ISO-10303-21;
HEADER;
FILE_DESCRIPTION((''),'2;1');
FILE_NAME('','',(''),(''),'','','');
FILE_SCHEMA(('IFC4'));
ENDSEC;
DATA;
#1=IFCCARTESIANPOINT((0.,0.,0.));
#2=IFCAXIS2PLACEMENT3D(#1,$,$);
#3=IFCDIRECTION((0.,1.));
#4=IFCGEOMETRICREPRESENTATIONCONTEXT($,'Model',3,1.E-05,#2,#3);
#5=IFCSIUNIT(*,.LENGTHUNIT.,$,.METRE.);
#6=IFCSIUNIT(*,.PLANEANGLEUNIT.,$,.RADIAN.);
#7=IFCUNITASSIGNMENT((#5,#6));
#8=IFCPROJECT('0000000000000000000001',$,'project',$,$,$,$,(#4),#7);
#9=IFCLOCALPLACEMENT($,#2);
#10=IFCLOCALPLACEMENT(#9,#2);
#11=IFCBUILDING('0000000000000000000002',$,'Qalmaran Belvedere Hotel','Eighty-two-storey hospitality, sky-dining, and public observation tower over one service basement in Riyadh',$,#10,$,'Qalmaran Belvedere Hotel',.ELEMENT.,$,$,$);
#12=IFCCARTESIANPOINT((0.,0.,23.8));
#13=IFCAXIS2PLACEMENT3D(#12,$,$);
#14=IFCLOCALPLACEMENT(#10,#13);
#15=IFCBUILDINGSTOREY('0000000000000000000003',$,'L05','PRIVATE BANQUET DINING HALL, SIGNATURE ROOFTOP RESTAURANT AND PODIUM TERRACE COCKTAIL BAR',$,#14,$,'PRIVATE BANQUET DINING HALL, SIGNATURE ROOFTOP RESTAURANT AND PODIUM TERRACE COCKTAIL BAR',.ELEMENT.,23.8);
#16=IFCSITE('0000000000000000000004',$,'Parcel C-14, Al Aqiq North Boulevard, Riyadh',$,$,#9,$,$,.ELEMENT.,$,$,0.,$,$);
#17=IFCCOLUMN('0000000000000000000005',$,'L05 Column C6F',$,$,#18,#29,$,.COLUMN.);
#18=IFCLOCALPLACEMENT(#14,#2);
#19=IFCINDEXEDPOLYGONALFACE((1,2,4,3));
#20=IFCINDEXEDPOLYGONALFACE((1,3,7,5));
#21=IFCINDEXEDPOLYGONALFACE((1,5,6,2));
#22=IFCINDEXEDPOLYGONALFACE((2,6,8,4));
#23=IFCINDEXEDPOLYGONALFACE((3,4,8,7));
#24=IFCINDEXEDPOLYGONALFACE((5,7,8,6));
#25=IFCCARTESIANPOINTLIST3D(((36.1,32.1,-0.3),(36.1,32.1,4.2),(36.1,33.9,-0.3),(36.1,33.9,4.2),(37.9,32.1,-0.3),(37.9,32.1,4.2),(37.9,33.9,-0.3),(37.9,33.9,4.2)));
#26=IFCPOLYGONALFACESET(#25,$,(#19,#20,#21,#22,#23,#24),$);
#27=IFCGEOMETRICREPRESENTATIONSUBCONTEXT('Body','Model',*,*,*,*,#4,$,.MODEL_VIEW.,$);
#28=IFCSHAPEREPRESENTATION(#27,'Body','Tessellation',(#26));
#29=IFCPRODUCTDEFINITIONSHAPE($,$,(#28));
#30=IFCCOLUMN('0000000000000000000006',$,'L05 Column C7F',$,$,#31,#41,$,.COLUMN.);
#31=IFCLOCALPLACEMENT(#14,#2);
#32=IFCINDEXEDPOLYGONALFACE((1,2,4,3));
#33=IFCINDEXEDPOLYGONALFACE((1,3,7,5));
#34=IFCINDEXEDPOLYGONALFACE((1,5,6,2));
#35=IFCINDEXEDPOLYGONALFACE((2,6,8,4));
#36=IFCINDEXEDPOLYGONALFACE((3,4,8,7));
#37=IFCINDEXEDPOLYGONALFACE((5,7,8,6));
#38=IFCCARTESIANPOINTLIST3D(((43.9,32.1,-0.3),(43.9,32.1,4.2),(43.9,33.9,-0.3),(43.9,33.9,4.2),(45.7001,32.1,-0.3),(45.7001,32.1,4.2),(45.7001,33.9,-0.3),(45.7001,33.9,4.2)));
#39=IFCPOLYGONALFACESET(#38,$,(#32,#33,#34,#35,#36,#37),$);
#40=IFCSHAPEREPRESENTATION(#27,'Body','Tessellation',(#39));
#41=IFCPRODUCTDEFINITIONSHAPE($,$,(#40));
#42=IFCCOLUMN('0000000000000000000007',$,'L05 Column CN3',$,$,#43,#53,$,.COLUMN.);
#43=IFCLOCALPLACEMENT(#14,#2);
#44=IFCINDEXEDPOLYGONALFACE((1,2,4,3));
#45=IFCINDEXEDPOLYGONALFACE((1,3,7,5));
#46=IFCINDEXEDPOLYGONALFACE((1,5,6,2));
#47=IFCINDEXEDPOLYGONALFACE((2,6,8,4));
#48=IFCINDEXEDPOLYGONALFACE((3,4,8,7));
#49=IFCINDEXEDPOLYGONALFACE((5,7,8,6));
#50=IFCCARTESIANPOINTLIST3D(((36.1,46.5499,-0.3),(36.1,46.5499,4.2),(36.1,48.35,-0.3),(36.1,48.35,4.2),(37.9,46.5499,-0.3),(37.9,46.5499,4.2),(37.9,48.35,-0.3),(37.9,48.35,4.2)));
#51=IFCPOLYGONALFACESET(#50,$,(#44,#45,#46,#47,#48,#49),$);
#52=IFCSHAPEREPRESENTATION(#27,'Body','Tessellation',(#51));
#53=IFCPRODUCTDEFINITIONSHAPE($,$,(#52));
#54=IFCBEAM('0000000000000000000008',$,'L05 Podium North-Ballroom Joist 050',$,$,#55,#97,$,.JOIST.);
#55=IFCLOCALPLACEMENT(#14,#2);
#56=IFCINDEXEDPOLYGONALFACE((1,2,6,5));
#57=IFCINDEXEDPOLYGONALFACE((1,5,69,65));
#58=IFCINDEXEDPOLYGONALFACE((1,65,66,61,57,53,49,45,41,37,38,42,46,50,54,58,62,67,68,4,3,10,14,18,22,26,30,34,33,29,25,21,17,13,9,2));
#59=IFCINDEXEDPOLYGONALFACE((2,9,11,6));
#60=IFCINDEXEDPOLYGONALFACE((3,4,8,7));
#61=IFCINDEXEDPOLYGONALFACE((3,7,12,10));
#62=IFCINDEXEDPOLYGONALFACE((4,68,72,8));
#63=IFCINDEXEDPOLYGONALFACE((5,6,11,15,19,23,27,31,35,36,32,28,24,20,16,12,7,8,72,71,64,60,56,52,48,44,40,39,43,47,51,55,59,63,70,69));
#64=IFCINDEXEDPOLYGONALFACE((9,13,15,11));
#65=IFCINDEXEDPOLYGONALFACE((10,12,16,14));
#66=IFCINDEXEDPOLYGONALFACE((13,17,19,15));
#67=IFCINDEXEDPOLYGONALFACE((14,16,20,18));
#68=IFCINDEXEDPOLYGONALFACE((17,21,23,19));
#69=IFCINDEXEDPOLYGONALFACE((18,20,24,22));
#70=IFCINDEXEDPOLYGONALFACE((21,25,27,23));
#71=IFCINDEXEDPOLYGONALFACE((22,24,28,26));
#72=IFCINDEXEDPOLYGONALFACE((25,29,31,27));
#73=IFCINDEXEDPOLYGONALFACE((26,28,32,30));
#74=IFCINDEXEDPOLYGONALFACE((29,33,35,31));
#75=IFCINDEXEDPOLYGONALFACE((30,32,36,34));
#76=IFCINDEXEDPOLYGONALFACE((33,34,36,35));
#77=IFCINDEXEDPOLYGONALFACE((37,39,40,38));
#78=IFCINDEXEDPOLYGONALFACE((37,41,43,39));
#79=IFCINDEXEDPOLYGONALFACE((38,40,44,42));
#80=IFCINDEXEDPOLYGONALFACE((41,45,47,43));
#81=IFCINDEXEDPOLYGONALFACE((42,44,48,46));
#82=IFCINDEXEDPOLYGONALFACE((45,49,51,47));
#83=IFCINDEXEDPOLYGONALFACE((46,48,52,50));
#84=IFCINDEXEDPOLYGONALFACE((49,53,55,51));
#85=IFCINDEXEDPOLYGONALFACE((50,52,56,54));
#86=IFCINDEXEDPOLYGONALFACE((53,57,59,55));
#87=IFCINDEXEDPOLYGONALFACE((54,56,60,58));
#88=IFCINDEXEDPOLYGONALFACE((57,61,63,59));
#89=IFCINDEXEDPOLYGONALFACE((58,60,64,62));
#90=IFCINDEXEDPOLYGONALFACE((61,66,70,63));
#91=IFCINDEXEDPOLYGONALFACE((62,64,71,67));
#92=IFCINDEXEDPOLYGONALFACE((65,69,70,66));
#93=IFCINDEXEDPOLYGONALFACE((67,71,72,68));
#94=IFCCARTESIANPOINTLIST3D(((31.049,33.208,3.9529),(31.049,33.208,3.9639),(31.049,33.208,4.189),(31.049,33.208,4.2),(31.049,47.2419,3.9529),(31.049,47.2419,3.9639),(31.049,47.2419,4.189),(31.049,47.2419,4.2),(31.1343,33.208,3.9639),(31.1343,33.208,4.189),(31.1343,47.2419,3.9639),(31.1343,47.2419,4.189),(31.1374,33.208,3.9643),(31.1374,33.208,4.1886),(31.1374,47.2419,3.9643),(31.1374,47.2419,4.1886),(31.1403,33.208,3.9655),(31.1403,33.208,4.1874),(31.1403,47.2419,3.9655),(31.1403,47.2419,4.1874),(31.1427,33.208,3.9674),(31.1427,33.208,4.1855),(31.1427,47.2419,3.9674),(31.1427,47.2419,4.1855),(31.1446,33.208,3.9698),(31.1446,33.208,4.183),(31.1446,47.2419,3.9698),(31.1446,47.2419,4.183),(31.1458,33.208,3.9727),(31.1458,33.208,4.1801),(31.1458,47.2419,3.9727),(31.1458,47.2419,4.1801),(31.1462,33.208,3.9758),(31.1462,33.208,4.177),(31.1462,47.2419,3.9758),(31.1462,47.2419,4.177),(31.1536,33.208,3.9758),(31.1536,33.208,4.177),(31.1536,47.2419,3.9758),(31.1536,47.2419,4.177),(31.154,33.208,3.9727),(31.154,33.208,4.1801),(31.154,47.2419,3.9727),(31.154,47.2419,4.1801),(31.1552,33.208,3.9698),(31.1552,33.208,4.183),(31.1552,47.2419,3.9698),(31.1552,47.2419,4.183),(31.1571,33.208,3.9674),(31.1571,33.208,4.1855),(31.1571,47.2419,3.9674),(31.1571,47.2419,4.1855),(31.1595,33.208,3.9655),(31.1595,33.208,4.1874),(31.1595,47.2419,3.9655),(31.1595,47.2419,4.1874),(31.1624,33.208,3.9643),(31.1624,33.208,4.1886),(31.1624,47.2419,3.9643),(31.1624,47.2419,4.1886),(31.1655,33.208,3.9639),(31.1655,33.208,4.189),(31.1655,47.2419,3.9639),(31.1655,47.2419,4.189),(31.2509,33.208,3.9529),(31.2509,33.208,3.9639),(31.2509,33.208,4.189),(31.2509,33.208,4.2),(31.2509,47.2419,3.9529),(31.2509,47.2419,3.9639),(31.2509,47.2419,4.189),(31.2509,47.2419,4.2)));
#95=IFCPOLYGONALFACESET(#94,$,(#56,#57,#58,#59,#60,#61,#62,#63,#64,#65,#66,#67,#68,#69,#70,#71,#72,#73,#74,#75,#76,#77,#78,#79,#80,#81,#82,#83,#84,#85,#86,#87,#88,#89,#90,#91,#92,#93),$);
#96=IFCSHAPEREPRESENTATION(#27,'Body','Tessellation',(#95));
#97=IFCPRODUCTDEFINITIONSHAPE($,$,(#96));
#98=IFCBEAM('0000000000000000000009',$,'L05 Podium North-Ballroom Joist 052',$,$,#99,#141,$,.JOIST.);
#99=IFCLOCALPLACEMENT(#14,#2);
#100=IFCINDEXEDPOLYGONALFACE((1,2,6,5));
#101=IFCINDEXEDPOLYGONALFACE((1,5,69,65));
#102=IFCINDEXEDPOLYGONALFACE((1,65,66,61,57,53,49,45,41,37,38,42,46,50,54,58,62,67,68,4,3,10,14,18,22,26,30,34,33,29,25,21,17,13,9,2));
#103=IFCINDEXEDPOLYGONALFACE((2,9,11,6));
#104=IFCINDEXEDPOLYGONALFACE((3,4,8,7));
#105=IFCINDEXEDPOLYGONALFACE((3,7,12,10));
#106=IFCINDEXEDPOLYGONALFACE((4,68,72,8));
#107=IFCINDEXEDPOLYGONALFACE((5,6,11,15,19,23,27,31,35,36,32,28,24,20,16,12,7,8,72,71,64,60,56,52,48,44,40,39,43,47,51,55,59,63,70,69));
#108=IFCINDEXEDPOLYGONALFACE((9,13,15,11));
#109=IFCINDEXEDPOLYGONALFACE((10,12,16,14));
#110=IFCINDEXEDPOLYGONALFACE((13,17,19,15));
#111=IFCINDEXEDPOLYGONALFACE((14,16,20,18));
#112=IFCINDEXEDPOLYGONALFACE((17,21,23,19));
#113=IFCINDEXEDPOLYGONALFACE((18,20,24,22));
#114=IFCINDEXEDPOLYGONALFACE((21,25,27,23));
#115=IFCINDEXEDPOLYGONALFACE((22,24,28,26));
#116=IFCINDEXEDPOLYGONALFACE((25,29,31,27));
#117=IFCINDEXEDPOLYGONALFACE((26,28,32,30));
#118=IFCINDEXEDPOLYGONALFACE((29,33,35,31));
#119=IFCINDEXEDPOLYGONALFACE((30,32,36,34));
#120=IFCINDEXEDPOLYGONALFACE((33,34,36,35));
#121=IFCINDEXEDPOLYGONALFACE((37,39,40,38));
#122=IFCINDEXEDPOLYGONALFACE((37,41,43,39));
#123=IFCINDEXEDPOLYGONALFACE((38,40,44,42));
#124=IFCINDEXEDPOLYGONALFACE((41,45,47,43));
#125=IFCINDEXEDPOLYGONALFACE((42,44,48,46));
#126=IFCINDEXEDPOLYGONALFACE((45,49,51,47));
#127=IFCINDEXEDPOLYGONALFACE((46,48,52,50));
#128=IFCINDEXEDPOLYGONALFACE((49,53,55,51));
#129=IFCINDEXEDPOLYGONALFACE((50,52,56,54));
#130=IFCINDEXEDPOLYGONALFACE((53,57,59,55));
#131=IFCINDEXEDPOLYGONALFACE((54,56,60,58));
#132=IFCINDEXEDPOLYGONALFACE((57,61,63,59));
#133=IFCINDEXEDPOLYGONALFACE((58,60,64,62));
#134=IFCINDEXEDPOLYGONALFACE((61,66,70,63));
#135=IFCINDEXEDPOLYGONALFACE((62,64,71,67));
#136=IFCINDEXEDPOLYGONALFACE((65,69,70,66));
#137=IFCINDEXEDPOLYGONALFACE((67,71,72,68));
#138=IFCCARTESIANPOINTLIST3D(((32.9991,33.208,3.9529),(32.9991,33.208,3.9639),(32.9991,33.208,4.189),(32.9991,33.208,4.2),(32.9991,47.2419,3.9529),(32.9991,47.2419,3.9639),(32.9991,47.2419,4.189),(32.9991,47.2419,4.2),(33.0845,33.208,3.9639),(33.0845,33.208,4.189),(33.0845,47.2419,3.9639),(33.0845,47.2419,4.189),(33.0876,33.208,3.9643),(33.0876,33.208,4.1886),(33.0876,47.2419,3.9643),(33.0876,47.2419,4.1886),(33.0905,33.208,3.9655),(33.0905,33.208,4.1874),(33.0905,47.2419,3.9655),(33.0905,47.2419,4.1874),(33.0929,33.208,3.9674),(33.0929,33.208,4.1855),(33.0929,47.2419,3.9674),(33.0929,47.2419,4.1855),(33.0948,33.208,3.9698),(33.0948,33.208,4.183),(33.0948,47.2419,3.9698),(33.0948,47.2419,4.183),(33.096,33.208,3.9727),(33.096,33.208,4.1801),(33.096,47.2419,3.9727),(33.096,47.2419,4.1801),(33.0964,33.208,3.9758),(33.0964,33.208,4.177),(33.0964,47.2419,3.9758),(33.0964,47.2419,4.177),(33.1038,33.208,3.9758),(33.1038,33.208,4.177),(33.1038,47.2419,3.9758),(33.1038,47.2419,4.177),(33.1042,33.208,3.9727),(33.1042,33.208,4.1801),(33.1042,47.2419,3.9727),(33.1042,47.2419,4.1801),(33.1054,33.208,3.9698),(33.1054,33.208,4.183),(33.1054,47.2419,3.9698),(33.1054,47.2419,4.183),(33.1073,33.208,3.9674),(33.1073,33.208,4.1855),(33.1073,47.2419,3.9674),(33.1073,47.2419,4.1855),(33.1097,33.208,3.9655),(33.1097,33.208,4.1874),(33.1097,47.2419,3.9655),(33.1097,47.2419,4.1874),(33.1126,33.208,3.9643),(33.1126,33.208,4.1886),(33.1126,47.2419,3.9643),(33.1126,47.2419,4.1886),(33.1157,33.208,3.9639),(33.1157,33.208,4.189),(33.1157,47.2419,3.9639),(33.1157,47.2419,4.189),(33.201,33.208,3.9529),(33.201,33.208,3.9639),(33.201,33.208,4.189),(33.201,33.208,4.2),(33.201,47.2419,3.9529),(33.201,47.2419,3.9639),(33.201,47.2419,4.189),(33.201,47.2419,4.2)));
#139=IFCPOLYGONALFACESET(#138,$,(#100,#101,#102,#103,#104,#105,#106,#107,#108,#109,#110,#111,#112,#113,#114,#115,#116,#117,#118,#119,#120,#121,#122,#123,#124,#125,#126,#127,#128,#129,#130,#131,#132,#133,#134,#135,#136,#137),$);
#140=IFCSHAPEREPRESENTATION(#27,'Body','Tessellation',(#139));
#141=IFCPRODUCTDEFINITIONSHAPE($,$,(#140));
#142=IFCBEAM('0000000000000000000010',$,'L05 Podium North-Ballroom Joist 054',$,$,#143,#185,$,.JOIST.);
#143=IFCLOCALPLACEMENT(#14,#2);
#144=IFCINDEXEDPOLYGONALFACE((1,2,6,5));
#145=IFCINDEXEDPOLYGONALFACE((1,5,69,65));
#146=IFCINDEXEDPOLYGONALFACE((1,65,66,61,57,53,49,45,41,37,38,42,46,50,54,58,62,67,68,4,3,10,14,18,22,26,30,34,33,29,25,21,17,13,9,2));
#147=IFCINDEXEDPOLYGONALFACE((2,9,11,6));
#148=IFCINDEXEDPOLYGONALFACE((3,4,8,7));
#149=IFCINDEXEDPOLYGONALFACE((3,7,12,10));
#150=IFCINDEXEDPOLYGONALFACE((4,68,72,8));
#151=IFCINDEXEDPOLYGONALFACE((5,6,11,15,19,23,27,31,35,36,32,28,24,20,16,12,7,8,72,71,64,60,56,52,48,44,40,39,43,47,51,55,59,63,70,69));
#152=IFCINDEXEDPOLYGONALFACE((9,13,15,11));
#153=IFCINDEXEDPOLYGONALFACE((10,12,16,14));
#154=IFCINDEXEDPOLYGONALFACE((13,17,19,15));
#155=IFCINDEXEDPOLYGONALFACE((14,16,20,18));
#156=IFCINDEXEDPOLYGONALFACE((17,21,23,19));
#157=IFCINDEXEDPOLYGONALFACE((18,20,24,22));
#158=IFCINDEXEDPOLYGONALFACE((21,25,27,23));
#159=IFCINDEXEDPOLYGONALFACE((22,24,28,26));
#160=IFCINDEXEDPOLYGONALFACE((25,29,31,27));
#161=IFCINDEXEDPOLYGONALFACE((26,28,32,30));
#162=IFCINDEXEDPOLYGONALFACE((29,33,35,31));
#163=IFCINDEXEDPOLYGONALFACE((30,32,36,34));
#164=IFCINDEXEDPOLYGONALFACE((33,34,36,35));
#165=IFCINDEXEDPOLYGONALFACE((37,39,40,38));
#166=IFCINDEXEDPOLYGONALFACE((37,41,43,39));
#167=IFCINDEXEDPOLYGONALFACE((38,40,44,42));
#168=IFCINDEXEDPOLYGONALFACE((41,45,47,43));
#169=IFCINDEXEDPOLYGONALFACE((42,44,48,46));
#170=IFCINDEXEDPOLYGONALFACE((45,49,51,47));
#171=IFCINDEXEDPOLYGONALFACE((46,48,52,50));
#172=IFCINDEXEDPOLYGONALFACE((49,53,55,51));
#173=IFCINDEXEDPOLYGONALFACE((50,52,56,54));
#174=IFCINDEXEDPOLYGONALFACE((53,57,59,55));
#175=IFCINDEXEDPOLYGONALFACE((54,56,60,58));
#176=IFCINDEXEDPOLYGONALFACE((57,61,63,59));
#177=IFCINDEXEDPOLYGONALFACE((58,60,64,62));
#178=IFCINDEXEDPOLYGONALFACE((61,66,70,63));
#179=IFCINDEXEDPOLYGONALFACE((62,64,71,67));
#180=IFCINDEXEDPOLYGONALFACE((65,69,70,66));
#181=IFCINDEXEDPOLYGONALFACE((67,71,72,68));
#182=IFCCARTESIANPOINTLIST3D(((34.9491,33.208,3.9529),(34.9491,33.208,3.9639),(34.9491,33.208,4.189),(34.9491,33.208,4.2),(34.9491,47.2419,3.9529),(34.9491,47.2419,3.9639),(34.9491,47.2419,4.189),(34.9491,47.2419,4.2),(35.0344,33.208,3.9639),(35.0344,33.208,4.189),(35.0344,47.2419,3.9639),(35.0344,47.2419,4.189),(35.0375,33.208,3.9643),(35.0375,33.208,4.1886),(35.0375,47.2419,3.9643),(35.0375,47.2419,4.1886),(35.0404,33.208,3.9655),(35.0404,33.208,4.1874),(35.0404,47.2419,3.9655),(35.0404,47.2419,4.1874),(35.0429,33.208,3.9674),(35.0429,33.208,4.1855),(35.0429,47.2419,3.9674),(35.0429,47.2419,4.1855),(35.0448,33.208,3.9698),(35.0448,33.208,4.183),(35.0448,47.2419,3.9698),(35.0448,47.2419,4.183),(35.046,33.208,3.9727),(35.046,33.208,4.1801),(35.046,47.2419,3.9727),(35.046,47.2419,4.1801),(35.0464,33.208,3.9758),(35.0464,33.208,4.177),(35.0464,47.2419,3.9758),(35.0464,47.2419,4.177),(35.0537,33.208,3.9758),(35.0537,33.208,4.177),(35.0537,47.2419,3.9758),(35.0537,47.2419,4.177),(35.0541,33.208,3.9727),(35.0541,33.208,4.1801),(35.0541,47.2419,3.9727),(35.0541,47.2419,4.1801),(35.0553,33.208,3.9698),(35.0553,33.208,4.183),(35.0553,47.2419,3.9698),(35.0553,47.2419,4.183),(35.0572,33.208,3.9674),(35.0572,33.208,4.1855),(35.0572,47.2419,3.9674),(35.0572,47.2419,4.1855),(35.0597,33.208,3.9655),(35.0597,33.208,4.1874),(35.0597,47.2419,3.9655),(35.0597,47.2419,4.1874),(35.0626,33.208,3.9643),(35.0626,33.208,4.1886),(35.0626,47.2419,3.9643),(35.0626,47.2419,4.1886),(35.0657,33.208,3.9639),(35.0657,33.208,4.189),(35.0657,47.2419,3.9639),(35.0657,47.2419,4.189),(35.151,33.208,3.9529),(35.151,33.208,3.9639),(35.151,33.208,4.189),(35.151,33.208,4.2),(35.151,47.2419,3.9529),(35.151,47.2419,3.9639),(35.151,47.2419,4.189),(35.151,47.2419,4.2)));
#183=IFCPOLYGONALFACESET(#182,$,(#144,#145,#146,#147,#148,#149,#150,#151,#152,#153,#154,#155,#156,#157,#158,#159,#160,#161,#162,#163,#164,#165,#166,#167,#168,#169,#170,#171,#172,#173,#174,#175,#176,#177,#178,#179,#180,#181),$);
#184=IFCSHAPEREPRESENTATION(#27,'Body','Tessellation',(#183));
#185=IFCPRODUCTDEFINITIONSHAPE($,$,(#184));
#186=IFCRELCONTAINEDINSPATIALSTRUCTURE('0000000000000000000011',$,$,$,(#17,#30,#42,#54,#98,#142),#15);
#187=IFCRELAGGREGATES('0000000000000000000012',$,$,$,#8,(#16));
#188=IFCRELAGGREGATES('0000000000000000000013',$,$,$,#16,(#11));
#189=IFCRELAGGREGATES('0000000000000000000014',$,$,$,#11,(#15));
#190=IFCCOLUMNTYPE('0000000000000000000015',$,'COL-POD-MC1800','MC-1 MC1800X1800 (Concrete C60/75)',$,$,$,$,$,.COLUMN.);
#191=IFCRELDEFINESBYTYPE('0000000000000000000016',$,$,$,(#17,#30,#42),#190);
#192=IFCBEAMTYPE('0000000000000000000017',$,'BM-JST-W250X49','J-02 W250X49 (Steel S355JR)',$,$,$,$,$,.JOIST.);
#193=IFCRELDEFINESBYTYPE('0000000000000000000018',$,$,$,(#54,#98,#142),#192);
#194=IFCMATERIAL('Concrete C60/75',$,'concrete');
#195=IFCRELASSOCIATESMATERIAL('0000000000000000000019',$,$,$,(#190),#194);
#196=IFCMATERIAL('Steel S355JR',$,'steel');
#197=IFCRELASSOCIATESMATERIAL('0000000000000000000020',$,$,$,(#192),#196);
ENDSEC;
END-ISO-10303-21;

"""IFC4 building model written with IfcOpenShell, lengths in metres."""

from ifc_helpers import new_model, si_unit, direction, frame, origin, origin_2d, place, context, subcontext, project, spatial, rectangle, i_section, extrude, material, material_profile, profile_set, type_object, element, save


model = new_model("IFC4")

# Units and contexts
model_context = context("Model", 3, precision=1e-05, world=origin(), true_north=direction((0.0, 1.0)))
body_context = subcontext(model_context, "Body", "Model", "MODEL_VIEW")
ifc_project = project(units=[si_unit("LENGTHUNIT", "METRE"), si_unit("PLANEANGLEUNIT", "RADIAN")], contexts=[model_context])

# Site, building, storey
site_placement = place(None, origin())
site = spatial("IfcSite", under=ifc_project, at=site_placement, Name="Parcel C-14, Al Aqiq North Boulevard, Riyadh", CompositionType="ELEMENT", RefElevation=0.0)
building_placement = place(site_placement, origin())
building = spatial("IfcBuilding", under=site, at=building_placement, Name="Qalmaran Belvedere Hotel", Description="Eighty-two-storey hospitality, sky-dining, and public observation tower over one service basement in Riyadh", LongName="Qalmaran Belvedere Hotel", CompositionType="ELEMENT")
storey_placement = place(building_placement, frame((0.0, 0.0, 23.8)))
storey = spatial("IfcBuildingStorey", under=building, at=storey_placement, Name="L05", Description="PRIVATE BANQUET DINING HALL, SIGNATURE ROOFTOP RESTAURANT AND PODIUM TERRACE COCKTAIL BAR", LongName="PRIVATE BANQUET DINING HALL, SIGNATURE ROOFTOP RESTAURANT AND PODIUM TERRACE COCKTAIL BAR", CompositionType="ELEMENT", Elevation=23.8)

# Columns
ifc_material_1 = material(Name="Concrete C60/75", Category="concrete")
ifc_material_profile_1 = material_profile(ifc_material_1, rectangle(XDim=1.8, YDim=1.8, at=origin_2d()), Name="MC1800X1800")
ifc_profile_set_1 = profile_set([ifc_material_profile_1], Name="Concrete C60/75")
column_type = type_object("IfcColumnType", Name="COL-POD-MC1800", Description="MC-1 MC1800X1800 (Concrete C60/75)", PredefinedType="COLUMN", material=ifc_profile_set_1)
for number, where, z_axis, x_axis, name in (
    (1, (37.0, 33.0, -0.3), (0.0, 0.0, 1.0), (1.0, 0.0, 0.0), "L05 Column C6F"),
    (2, (44.8, 33.0, -0.3), (0.0, 0.0, 1.0), (1.0, 0.0, 0.0), "L05 Column C7F"),
    (3, (37.0, 47.45, -0.3), (0.0, 0.0, 1.0), (1.0, 0.0, 0.0), "L05 Column CN3"),
):
    element("IfcColumn", number, at=place(storey_placement, frame(where, z_axis=z_axis, x_axis=x_axis)), inside=storey, type_object=column_type, Name=name, PredefinedType="COLUMN", context=body_context, shape_type="SweptSolid", body=[
        extrude(rectangle(XDim=1.8, YDim=1.8, at=origin_2d()), origin(), (0.0, 0.0, 1.0), 4.5),
    ])

# Beams
ifc_material_2 = material(Name="Steel S355JR", Category="steel")
ifc_material_profile_2 = material_profile(ifc_material_2, i_section(OverallWidth=0.2019, OverallDepth=0.2471, WebThickness=0.0073, FlangeThickness=0.011, FilletRadius=0.012, at=origin_2d()), Name="W250X49")
ifc_profile_set_2 = profile_set([ifc_material_profile_2], Name="Steel S355JR")
beam_type_1 = type_object("IfcBeamType", Name="BM-JST-W250X49", Description="J-02 W250X49 (Steel S355JR)", PredefinedType="JOIST", material=ifc_profile_set_2)
for number, where, z_axis, x_axis, name in (
    (4, (31.1499, 33.208, 4.0764), (0.0, 1.0, 0.0), (-1.0, 0.0, 0.0), "L05 Podium North-Ballroom Joist 050"),
    (5, (33.1001, 33.208, 4.0764), (0.0, 1.0, 0.0), (-1.0, 0.0, 0.0), "L05 Podium North-Ballroom Joist 052"),
    (6, (35.05, 33.208, 4.0764), (0.0, 1.0, 0.0), (-1.0, 0.0, 0.0), "L05 Podium North-Ballroom Joist 054"),
):
    element("IfcBeam", number, at=place(storey_placement, frame(where, z_axis=z_axis, x_axis=x_axis)), inside=storey, type_object=beam_type_1, Name=name, PredefinedType="JOIST", context=body_context, shape_type="SweptSolid", body=[
        extrude(i_section(OverallWidth=0.2019, OverallDepth=0.2471, WebThickness=0.0073, FlangeThickness=0.011, FilletRadius=0.012, at=origin_2d()), origin(), (0.0, 0.0, 1.0), 14.0339),
    ])

save(model, "model.ifc")
